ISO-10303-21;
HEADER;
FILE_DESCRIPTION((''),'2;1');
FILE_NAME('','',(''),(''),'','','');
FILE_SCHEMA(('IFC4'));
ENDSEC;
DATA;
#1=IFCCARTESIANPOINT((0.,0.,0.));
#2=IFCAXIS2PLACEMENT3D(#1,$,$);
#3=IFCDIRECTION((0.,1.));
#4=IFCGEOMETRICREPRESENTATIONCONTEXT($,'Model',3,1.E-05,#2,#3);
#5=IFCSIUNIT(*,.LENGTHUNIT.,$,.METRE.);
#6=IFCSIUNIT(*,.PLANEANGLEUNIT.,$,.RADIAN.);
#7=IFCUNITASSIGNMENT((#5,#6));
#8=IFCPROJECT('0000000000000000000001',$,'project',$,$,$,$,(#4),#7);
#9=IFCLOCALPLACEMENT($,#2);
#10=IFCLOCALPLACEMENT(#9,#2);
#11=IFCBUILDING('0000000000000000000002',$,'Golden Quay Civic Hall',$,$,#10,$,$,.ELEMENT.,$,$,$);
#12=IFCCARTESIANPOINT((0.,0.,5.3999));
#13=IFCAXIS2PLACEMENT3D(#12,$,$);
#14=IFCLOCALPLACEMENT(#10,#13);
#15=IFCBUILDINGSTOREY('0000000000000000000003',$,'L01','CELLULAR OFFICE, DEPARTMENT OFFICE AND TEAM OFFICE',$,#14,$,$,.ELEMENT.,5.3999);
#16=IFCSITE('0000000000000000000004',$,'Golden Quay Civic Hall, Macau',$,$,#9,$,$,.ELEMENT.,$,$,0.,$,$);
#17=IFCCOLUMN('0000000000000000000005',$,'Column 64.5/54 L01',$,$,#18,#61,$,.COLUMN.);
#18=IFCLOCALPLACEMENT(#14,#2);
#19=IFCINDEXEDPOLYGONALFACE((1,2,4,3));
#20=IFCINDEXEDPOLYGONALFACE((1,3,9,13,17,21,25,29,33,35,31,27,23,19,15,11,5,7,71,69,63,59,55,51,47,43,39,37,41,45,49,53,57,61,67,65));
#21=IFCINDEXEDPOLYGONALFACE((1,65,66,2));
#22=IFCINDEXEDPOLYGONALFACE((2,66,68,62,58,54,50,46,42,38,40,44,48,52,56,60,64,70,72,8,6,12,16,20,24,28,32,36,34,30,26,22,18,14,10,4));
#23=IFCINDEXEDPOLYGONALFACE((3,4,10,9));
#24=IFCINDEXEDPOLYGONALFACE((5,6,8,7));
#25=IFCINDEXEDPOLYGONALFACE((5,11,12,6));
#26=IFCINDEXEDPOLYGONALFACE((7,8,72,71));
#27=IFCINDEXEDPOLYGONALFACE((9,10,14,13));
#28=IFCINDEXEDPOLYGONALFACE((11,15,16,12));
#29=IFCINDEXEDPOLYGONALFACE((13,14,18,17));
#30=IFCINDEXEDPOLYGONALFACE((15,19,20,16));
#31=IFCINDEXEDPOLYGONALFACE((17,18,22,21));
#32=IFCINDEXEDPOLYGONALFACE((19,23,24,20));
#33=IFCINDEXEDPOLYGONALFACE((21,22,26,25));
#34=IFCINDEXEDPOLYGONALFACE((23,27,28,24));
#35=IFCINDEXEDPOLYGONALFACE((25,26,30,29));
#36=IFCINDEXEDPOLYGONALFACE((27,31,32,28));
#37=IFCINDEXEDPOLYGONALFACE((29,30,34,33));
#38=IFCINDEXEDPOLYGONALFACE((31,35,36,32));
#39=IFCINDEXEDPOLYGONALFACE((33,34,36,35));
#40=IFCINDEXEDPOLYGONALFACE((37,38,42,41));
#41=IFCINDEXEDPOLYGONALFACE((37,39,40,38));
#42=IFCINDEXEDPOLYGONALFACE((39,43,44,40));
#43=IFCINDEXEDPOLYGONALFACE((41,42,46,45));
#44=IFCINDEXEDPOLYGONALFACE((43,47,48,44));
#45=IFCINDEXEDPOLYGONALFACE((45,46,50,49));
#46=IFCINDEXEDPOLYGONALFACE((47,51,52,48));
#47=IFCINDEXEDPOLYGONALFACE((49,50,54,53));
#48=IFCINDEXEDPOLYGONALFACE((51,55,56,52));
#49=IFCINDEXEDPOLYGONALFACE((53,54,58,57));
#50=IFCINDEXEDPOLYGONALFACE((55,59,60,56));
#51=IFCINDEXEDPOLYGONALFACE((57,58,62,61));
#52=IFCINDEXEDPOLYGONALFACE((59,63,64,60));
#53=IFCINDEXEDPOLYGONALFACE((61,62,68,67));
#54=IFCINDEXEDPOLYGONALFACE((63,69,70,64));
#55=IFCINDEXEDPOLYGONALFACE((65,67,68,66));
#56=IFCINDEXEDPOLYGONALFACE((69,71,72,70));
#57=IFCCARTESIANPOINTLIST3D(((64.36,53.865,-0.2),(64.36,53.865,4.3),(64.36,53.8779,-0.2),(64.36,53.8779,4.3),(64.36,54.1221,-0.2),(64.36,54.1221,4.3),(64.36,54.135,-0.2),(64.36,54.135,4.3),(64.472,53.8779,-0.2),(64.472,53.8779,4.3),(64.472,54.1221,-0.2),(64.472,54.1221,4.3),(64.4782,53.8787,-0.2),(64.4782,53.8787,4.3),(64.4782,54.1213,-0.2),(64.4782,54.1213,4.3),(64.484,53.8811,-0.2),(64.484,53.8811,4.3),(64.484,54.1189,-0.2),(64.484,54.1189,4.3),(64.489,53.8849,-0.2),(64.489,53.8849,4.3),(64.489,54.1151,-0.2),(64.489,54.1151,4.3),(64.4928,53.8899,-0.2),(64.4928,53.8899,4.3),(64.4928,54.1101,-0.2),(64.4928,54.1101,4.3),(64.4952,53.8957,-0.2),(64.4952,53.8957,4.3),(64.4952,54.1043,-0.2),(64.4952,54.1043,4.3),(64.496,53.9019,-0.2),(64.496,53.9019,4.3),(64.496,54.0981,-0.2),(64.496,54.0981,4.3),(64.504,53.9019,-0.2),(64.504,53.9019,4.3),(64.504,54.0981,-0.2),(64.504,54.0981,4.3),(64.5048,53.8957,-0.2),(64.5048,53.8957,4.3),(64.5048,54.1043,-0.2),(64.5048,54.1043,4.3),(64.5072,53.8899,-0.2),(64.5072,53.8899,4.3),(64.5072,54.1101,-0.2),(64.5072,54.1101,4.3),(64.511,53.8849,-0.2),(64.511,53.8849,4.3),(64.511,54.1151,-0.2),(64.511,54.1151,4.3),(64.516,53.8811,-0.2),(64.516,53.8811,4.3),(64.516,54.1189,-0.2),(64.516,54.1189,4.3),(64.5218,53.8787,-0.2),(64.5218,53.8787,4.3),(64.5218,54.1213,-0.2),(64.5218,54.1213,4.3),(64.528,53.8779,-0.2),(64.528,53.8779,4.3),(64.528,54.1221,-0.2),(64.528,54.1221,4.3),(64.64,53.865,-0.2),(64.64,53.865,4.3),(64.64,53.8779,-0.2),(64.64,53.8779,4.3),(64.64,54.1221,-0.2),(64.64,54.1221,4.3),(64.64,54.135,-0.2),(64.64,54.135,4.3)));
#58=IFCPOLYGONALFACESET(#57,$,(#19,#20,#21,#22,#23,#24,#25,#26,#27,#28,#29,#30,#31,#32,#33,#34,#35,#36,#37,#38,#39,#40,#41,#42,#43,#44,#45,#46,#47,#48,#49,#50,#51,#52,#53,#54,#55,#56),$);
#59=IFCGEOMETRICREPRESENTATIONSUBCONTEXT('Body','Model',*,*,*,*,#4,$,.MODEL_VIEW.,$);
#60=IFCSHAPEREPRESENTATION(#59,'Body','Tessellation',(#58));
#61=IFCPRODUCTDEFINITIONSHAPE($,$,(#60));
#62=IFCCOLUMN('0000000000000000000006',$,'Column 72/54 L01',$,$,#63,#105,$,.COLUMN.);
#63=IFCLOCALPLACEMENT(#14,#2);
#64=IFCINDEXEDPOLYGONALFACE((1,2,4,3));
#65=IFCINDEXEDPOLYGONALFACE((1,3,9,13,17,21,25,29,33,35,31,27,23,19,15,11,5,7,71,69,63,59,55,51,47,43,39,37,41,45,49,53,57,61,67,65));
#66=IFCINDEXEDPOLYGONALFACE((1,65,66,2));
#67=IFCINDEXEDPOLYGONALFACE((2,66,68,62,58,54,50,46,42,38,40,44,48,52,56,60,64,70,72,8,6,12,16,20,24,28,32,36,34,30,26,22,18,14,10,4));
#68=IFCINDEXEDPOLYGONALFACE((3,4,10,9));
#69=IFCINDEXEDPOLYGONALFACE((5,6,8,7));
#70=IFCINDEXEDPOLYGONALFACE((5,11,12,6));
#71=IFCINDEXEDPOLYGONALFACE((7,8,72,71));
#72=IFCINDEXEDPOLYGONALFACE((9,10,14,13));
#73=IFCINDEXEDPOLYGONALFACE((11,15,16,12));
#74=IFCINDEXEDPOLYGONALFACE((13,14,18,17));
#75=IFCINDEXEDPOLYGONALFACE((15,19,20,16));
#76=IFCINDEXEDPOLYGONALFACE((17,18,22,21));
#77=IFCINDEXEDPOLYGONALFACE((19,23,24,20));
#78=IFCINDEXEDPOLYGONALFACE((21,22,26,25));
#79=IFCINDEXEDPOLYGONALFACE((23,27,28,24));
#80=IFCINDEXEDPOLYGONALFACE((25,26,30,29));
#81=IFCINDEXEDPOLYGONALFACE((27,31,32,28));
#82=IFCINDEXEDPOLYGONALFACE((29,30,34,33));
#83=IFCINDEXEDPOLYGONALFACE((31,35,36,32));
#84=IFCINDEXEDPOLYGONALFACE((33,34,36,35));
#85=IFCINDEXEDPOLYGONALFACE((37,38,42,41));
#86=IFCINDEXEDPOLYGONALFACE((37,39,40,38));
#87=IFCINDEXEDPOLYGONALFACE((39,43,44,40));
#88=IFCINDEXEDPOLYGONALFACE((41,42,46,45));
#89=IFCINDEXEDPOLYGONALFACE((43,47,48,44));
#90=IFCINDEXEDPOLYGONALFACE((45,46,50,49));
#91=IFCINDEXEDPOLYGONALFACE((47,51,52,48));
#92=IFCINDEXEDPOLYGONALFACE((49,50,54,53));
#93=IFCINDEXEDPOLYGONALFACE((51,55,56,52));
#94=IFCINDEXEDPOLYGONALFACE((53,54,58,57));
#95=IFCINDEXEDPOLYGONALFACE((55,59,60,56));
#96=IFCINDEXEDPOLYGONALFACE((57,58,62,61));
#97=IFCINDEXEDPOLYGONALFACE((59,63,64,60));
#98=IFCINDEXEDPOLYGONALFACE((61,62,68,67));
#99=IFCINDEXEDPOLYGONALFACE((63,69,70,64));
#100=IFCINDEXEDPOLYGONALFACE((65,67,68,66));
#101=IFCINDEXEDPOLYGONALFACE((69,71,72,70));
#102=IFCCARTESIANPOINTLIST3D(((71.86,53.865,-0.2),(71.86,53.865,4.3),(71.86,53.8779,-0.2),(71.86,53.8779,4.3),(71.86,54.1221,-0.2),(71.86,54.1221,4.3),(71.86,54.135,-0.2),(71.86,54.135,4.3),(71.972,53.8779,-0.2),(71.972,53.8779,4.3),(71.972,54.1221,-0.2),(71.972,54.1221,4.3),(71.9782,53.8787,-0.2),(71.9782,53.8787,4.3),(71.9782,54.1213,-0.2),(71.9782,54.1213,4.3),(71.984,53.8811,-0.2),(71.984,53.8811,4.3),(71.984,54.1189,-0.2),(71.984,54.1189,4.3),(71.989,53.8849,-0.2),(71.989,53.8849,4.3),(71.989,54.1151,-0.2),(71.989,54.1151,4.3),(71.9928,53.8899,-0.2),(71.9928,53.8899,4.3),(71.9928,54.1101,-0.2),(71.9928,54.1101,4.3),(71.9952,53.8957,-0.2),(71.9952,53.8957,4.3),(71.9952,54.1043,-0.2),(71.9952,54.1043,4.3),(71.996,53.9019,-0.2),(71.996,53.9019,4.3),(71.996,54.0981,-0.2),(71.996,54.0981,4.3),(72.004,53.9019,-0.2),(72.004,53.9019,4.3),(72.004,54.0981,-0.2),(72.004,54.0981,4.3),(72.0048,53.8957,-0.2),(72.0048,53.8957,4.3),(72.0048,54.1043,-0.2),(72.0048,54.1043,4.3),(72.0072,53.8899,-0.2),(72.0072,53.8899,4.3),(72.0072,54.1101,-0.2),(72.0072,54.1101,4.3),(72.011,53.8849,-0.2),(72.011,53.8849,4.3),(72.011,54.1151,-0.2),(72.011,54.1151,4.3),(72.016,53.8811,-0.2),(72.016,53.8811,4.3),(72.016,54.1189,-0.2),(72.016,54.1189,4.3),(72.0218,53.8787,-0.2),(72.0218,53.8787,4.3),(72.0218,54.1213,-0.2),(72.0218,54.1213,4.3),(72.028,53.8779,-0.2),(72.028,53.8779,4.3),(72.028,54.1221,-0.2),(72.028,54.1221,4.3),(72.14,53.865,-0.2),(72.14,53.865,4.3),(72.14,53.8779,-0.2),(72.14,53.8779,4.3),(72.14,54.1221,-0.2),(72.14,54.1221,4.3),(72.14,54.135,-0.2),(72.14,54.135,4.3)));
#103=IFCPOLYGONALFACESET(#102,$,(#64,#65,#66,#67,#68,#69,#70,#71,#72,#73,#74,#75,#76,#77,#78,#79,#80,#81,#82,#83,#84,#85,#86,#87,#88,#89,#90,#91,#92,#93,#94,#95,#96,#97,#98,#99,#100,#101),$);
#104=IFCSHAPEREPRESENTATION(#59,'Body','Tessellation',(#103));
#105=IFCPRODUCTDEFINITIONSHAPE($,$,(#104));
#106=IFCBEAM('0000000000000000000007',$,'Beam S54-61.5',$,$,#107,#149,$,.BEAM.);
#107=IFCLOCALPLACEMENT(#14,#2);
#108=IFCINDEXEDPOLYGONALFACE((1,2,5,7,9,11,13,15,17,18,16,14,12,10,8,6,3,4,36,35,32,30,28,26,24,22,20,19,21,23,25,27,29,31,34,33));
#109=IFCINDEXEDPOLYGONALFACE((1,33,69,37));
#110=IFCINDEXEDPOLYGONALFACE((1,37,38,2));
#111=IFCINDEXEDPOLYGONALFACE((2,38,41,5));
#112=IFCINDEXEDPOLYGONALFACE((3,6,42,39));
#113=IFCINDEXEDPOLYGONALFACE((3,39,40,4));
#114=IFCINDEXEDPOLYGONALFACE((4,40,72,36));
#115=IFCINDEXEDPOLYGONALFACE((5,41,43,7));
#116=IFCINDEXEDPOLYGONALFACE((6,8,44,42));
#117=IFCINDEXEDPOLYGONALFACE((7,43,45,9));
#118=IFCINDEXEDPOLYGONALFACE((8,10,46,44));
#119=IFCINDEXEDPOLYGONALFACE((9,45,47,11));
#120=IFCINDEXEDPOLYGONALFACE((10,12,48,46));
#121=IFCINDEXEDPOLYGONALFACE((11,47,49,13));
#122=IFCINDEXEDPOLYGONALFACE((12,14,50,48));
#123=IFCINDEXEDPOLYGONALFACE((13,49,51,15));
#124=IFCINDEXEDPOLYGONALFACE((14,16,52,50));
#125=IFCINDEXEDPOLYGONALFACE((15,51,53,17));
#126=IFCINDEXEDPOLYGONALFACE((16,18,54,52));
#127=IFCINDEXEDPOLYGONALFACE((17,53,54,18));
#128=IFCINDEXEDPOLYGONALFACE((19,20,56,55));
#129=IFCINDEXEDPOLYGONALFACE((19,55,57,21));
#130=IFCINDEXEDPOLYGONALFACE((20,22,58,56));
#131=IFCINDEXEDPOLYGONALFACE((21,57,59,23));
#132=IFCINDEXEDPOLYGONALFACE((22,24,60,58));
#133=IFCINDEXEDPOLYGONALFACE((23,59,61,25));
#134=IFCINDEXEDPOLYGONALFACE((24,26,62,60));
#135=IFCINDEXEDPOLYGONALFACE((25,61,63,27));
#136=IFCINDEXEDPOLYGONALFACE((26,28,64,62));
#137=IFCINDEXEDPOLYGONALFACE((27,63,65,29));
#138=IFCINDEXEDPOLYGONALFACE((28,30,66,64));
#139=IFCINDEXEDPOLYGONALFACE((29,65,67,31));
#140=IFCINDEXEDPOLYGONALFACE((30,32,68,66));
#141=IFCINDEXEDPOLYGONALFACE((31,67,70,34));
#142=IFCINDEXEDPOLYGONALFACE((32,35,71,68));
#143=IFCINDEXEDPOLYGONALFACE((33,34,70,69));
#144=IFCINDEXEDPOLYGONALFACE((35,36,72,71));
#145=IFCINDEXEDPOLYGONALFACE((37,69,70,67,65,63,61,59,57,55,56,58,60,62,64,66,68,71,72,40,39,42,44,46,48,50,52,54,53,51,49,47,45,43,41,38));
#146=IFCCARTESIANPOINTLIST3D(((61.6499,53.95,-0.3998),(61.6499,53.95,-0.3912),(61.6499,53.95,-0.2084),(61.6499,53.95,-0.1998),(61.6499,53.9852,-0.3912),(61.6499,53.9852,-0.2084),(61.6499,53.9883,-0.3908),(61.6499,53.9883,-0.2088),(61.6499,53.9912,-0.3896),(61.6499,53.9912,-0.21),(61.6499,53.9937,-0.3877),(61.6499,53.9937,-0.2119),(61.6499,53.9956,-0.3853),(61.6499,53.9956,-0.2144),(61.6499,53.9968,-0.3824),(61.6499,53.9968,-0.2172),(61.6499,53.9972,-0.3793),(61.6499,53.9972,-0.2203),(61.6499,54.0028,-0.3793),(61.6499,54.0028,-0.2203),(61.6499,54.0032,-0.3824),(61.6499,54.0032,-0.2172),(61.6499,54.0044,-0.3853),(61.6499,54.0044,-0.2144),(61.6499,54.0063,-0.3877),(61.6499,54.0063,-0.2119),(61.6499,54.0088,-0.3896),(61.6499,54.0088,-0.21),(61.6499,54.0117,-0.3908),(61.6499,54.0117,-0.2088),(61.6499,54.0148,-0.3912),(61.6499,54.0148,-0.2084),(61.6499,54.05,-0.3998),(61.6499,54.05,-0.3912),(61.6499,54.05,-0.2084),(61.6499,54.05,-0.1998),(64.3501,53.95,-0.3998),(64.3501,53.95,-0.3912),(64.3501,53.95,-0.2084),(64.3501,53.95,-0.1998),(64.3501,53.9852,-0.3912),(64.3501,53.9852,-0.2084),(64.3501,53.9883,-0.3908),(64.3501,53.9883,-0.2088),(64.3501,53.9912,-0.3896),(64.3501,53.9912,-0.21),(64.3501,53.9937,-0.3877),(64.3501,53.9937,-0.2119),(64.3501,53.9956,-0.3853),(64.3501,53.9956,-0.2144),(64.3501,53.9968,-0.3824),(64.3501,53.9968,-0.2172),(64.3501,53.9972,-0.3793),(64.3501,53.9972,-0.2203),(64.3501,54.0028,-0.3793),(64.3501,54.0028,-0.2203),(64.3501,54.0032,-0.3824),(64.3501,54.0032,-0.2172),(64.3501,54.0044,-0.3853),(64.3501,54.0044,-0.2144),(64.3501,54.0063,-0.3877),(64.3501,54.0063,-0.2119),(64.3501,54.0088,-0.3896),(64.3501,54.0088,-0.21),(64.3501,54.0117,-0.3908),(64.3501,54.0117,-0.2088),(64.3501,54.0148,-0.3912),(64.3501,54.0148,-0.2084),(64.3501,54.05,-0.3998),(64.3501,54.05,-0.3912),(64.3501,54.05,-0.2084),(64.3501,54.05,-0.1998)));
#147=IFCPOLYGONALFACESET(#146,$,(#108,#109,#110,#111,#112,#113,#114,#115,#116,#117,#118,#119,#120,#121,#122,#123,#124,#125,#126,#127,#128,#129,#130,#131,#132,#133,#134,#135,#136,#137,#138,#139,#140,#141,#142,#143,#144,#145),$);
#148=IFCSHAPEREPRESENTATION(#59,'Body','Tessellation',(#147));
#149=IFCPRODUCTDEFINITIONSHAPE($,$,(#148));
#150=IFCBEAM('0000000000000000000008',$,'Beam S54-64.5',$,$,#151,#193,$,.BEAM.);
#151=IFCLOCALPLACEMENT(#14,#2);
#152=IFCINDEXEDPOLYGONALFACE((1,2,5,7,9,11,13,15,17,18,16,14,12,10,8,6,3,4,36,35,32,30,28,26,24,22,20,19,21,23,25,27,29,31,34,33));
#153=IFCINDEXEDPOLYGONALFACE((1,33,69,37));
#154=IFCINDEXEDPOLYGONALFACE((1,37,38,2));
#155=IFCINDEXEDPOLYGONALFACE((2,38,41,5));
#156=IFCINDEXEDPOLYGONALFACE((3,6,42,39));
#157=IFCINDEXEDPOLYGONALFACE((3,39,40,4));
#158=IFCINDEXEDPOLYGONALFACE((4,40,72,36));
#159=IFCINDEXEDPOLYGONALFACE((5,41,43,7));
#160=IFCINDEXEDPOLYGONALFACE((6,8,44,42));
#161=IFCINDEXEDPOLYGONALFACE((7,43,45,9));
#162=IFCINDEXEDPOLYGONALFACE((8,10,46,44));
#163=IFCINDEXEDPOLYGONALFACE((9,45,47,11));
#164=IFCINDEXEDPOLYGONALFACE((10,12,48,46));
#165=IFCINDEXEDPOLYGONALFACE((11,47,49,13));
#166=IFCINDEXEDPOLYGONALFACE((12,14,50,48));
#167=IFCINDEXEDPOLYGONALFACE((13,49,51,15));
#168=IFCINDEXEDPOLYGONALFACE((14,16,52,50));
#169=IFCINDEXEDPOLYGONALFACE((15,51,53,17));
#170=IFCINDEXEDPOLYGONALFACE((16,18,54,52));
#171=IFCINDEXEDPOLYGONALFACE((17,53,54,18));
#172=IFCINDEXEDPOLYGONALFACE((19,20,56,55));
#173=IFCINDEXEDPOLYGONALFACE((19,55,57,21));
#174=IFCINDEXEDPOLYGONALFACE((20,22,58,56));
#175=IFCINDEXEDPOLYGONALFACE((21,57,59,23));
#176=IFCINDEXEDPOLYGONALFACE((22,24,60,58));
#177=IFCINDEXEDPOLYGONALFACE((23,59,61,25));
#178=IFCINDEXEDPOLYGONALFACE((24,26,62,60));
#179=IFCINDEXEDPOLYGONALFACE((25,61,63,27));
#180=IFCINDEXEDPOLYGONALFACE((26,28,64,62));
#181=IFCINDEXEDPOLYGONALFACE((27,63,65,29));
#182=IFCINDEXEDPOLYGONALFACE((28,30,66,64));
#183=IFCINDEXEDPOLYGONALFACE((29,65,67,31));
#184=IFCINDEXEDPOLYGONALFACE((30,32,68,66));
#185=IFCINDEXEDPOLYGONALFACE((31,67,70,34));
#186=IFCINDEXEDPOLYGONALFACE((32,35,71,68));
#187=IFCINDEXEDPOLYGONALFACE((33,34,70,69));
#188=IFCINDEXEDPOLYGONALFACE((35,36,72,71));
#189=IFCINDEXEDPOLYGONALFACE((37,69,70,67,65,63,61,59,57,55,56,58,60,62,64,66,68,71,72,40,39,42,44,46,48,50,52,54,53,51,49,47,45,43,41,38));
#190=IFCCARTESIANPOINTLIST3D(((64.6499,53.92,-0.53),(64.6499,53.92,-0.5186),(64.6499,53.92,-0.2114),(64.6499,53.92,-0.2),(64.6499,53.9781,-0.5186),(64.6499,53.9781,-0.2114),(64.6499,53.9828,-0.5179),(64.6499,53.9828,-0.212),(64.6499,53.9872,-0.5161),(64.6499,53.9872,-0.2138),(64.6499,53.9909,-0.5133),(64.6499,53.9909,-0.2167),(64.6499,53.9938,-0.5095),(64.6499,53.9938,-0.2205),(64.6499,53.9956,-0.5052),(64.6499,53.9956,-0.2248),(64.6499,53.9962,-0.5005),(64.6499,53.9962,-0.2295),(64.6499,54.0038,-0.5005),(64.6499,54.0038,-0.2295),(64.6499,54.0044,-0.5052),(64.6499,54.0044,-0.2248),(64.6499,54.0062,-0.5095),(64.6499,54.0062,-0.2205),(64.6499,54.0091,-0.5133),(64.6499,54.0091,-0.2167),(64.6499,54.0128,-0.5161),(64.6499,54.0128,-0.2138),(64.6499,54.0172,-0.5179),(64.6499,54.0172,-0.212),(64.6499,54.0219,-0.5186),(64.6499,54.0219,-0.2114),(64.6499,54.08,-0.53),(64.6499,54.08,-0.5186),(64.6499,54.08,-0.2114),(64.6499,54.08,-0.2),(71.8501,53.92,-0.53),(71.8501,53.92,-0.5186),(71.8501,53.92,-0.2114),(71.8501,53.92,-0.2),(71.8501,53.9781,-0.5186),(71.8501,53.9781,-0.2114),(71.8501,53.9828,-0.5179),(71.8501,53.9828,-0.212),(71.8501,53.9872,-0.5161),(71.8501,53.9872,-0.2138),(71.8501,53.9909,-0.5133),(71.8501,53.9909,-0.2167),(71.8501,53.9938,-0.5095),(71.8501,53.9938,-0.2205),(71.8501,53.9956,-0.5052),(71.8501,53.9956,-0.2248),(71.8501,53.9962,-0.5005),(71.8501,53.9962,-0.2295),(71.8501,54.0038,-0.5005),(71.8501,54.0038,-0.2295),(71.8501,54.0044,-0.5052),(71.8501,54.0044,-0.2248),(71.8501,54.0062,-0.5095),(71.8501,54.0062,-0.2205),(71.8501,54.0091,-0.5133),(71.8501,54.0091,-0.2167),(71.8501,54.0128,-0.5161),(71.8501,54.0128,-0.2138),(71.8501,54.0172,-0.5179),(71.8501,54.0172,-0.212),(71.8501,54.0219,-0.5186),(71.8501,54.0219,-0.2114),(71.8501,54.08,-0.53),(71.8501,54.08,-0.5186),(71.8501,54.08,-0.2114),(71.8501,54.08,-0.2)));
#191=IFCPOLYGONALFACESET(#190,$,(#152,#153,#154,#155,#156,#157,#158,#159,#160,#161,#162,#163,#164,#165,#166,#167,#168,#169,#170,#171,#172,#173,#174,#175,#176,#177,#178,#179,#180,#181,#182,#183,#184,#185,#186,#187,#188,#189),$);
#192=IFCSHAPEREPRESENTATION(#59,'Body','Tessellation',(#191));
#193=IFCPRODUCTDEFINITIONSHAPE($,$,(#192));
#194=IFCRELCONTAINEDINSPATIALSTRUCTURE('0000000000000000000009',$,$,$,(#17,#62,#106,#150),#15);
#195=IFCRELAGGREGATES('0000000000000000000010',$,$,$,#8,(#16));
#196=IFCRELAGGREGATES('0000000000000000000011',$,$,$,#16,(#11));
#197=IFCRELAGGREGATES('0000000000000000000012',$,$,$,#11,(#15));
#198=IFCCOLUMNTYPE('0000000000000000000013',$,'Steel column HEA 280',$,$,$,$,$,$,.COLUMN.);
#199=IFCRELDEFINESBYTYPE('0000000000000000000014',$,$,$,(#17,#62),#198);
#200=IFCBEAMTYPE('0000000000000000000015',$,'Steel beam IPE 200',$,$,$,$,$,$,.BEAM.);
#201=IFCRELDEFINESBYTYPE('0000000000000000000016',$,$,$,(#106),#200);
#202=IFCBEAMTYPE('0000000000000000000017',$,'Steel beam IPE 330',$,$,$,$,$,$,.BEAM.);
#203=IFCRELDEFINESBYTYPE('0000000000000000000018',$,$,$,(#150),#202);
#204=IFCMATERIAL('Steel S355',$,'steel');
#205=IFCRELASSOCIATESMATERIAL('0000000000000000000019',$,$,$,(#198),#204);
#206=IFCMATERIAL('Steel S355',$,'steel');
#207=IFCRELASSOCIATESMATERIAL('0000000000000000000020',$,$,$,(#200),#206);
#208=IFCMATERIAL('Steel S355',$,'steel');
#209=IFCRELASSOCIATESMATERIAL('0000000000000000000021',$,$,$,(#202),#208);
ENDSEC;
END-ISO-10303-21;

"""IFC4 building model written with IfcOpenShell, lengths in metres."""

from ifc_helpers import new_model, si_unit, direction, frame, origin, origin_2d, place, context, subcontext, project, spatial, i_section, extrude, material, material_profile, profile_set, type_object, element, save


model = new_model("IFC4")

# Units and contexts
model_context = context("Model", 3, precision=1e-05, world=origin(), true_north=direction((0.0, 1.0)))
body_context = subcontext(model_context, "Body", "Model", "MODEL_VIEW")
ifc_project = project(units=[si_unit("LENGTHUNIT", "METRE"), si_unit("PLANEANGLEUNIT", "RADIAN")], contexts=[model_context])

# Site, building, storey
site_placement = place(None, origin())
site = spatial("IfcSite", under=ifc_project, at=site_placement, Name="Golden Quay Civic Hall, Macau", CompositionType="ELEMENT", RefElevation=0.0)
building_placement = place(site_placement, origin())
building = spatial("IfcBuilding", under=site, at=building_placement, Name="Golden Quay Civic Hall", CompositionType="ELEMENT")
storey_placement = place(building_placement, frame((0.0, 0.0, 5.3999)))
storey = spatial("IfcBuildingStorey", under=building, at=storey_placement, Name="L01", Description="CELLULAR OFFICE, DEPARTMENT OFFICE AND TEAM OFFICE", CompositionType="ELEMENT", Elevation=5.3999)

# Columns
ifc_material_1 = material(Name="Steel S355", Category="steel")
ifc_material_profile_1 = material_profile(ifc_material_1, i_section(OverallWidth=0.28, OverallDepth=0.27, WebThickness=0.0081, FlangeThickness=0.0129, FilletRadius=0.0239, at=origin_2d()), Name="HEA 280")
ifc_profile_set_1 = profile_set([ifc_material_profile_1], Name="Steel S355")
column_type = type_object("IfcColumnType", Name="Steel column HEA 280", PredefinedType="COLUMN", material=ifc_profile_set_1)
for number, where, z_axis, x_axis, name in (
    (1, (64.5, 54.0, -0.2), (0.0, 0.0, 1.0), (1.0, 0.0, 0.0), "Column 64.5/54 L01"),
    (2, (72.0, 54.0, -0.2), (0.0, 0.0, 1.0), (1.0, 0.0, 0.0), "Column 72/54 L01"),
):
    element("IfcColumn", number, at=place(storey_placement, frame(where, z_axis=z_axis, x_axis=x_axis)), inside=storey, type_object=column_type, Name=name, PredefinedType="COLUMN", context=body_context, shape_type="SweptSolid", body=[
        extrude(i_section(OverallWidth=0.28, OverallDepth=0.27, WebThickness=0.0081, FlangeThickness=0.0129, FilletRadius=0.0239, at=origin_2d()), origin(), (0.0, 0.0, 1.0), 4.5),
    ])

# Beams
ifc_material_2 = material(Name="Steel S355", Category="steel")
ifc_material_profile_2 = material_profile(ifc_material_2, i_section(OverallWidth=0.1001, OverallDepth=0.2, WebThickness=0.0056, FlangeThickness=0.0085, FilletRadius=0.012, at=origin_2d()), Name="IPE 200")
ifc_profile_set_2 = profile_set([ifc_material_profile_2], Name="Steel S355")
beam_type_1 = type_object("IfcBeamType", Name="Steel beam IPE 200", PredefinedType="BEAM", material=ifc_profile_set_2)
beam_1_placement = place(storey_placement, frame((61.6499, 54.0, -0.2998), z_axis=(1.0, 0.0, 0.0), x_axis=(0.0, 1.0, 0.0)))
element("IfcBeam", 3, at=beam_1_placement, inside=storey, type_object=beam_type_1, Name="Beam S54-61.5", PredefinedType="BEAM", context=body_context, shape_type="SweptSolid", body=[
    extrude(i_section(OverallWidth=0.1001, OverallDepth=0.2, WebThickness=0.0056, FlangeThickness=0.0085, FilletRadius=0.012, at=origin_2d()), origin(), (0.0, 0.0, 1.0), 2.7002),
])
ifc_material_3 = material(Name="Steel S355", Category="steel")
ifc_material_profile_3 = material_profile(ifc_material_3, i_section(OverallWidth=0.1599, OverallDepth=0.3301, WebThickness=0.0076, FlangeThickness=0.0115, FilletRadius=0.0181, at=origin_2d()), Name="IPE 330")
ifc_profile_set_3 = profile_set([ifc_material_profile_3], Name="Steel S355")
beam_type_2 = type_object("IfcBeamType", Name="Steel beam IPE 330", PredefinedType="BEAM", material=ifc_profile_set_3)
beam_2_placement = place(storey_placement, frame((64.6499, 54.0, -0.365), z_axis=(1.0, 0.0, 0.0), x_axis=(0.0, 1.0, 0.0)))
element("IfcBeam", 4, at=beam_2_placement, inside=storey, type_object=beam_type_2, Name="Beam S54-64.5", PredefinedType="BEAM", context=body_context, shape_type="SweptSolid", body=[
    extrude(i_section(OverallWidth=0.1599, OverallDepth=0.3301, WebThickness=0.0076, FlangeThickness=0.0115, FilletRadius=0.0181, at=origin_2d()), origin(), (0.0, 0.0, 1.0), 7.2002),
])

save(model, "model.ifc")
